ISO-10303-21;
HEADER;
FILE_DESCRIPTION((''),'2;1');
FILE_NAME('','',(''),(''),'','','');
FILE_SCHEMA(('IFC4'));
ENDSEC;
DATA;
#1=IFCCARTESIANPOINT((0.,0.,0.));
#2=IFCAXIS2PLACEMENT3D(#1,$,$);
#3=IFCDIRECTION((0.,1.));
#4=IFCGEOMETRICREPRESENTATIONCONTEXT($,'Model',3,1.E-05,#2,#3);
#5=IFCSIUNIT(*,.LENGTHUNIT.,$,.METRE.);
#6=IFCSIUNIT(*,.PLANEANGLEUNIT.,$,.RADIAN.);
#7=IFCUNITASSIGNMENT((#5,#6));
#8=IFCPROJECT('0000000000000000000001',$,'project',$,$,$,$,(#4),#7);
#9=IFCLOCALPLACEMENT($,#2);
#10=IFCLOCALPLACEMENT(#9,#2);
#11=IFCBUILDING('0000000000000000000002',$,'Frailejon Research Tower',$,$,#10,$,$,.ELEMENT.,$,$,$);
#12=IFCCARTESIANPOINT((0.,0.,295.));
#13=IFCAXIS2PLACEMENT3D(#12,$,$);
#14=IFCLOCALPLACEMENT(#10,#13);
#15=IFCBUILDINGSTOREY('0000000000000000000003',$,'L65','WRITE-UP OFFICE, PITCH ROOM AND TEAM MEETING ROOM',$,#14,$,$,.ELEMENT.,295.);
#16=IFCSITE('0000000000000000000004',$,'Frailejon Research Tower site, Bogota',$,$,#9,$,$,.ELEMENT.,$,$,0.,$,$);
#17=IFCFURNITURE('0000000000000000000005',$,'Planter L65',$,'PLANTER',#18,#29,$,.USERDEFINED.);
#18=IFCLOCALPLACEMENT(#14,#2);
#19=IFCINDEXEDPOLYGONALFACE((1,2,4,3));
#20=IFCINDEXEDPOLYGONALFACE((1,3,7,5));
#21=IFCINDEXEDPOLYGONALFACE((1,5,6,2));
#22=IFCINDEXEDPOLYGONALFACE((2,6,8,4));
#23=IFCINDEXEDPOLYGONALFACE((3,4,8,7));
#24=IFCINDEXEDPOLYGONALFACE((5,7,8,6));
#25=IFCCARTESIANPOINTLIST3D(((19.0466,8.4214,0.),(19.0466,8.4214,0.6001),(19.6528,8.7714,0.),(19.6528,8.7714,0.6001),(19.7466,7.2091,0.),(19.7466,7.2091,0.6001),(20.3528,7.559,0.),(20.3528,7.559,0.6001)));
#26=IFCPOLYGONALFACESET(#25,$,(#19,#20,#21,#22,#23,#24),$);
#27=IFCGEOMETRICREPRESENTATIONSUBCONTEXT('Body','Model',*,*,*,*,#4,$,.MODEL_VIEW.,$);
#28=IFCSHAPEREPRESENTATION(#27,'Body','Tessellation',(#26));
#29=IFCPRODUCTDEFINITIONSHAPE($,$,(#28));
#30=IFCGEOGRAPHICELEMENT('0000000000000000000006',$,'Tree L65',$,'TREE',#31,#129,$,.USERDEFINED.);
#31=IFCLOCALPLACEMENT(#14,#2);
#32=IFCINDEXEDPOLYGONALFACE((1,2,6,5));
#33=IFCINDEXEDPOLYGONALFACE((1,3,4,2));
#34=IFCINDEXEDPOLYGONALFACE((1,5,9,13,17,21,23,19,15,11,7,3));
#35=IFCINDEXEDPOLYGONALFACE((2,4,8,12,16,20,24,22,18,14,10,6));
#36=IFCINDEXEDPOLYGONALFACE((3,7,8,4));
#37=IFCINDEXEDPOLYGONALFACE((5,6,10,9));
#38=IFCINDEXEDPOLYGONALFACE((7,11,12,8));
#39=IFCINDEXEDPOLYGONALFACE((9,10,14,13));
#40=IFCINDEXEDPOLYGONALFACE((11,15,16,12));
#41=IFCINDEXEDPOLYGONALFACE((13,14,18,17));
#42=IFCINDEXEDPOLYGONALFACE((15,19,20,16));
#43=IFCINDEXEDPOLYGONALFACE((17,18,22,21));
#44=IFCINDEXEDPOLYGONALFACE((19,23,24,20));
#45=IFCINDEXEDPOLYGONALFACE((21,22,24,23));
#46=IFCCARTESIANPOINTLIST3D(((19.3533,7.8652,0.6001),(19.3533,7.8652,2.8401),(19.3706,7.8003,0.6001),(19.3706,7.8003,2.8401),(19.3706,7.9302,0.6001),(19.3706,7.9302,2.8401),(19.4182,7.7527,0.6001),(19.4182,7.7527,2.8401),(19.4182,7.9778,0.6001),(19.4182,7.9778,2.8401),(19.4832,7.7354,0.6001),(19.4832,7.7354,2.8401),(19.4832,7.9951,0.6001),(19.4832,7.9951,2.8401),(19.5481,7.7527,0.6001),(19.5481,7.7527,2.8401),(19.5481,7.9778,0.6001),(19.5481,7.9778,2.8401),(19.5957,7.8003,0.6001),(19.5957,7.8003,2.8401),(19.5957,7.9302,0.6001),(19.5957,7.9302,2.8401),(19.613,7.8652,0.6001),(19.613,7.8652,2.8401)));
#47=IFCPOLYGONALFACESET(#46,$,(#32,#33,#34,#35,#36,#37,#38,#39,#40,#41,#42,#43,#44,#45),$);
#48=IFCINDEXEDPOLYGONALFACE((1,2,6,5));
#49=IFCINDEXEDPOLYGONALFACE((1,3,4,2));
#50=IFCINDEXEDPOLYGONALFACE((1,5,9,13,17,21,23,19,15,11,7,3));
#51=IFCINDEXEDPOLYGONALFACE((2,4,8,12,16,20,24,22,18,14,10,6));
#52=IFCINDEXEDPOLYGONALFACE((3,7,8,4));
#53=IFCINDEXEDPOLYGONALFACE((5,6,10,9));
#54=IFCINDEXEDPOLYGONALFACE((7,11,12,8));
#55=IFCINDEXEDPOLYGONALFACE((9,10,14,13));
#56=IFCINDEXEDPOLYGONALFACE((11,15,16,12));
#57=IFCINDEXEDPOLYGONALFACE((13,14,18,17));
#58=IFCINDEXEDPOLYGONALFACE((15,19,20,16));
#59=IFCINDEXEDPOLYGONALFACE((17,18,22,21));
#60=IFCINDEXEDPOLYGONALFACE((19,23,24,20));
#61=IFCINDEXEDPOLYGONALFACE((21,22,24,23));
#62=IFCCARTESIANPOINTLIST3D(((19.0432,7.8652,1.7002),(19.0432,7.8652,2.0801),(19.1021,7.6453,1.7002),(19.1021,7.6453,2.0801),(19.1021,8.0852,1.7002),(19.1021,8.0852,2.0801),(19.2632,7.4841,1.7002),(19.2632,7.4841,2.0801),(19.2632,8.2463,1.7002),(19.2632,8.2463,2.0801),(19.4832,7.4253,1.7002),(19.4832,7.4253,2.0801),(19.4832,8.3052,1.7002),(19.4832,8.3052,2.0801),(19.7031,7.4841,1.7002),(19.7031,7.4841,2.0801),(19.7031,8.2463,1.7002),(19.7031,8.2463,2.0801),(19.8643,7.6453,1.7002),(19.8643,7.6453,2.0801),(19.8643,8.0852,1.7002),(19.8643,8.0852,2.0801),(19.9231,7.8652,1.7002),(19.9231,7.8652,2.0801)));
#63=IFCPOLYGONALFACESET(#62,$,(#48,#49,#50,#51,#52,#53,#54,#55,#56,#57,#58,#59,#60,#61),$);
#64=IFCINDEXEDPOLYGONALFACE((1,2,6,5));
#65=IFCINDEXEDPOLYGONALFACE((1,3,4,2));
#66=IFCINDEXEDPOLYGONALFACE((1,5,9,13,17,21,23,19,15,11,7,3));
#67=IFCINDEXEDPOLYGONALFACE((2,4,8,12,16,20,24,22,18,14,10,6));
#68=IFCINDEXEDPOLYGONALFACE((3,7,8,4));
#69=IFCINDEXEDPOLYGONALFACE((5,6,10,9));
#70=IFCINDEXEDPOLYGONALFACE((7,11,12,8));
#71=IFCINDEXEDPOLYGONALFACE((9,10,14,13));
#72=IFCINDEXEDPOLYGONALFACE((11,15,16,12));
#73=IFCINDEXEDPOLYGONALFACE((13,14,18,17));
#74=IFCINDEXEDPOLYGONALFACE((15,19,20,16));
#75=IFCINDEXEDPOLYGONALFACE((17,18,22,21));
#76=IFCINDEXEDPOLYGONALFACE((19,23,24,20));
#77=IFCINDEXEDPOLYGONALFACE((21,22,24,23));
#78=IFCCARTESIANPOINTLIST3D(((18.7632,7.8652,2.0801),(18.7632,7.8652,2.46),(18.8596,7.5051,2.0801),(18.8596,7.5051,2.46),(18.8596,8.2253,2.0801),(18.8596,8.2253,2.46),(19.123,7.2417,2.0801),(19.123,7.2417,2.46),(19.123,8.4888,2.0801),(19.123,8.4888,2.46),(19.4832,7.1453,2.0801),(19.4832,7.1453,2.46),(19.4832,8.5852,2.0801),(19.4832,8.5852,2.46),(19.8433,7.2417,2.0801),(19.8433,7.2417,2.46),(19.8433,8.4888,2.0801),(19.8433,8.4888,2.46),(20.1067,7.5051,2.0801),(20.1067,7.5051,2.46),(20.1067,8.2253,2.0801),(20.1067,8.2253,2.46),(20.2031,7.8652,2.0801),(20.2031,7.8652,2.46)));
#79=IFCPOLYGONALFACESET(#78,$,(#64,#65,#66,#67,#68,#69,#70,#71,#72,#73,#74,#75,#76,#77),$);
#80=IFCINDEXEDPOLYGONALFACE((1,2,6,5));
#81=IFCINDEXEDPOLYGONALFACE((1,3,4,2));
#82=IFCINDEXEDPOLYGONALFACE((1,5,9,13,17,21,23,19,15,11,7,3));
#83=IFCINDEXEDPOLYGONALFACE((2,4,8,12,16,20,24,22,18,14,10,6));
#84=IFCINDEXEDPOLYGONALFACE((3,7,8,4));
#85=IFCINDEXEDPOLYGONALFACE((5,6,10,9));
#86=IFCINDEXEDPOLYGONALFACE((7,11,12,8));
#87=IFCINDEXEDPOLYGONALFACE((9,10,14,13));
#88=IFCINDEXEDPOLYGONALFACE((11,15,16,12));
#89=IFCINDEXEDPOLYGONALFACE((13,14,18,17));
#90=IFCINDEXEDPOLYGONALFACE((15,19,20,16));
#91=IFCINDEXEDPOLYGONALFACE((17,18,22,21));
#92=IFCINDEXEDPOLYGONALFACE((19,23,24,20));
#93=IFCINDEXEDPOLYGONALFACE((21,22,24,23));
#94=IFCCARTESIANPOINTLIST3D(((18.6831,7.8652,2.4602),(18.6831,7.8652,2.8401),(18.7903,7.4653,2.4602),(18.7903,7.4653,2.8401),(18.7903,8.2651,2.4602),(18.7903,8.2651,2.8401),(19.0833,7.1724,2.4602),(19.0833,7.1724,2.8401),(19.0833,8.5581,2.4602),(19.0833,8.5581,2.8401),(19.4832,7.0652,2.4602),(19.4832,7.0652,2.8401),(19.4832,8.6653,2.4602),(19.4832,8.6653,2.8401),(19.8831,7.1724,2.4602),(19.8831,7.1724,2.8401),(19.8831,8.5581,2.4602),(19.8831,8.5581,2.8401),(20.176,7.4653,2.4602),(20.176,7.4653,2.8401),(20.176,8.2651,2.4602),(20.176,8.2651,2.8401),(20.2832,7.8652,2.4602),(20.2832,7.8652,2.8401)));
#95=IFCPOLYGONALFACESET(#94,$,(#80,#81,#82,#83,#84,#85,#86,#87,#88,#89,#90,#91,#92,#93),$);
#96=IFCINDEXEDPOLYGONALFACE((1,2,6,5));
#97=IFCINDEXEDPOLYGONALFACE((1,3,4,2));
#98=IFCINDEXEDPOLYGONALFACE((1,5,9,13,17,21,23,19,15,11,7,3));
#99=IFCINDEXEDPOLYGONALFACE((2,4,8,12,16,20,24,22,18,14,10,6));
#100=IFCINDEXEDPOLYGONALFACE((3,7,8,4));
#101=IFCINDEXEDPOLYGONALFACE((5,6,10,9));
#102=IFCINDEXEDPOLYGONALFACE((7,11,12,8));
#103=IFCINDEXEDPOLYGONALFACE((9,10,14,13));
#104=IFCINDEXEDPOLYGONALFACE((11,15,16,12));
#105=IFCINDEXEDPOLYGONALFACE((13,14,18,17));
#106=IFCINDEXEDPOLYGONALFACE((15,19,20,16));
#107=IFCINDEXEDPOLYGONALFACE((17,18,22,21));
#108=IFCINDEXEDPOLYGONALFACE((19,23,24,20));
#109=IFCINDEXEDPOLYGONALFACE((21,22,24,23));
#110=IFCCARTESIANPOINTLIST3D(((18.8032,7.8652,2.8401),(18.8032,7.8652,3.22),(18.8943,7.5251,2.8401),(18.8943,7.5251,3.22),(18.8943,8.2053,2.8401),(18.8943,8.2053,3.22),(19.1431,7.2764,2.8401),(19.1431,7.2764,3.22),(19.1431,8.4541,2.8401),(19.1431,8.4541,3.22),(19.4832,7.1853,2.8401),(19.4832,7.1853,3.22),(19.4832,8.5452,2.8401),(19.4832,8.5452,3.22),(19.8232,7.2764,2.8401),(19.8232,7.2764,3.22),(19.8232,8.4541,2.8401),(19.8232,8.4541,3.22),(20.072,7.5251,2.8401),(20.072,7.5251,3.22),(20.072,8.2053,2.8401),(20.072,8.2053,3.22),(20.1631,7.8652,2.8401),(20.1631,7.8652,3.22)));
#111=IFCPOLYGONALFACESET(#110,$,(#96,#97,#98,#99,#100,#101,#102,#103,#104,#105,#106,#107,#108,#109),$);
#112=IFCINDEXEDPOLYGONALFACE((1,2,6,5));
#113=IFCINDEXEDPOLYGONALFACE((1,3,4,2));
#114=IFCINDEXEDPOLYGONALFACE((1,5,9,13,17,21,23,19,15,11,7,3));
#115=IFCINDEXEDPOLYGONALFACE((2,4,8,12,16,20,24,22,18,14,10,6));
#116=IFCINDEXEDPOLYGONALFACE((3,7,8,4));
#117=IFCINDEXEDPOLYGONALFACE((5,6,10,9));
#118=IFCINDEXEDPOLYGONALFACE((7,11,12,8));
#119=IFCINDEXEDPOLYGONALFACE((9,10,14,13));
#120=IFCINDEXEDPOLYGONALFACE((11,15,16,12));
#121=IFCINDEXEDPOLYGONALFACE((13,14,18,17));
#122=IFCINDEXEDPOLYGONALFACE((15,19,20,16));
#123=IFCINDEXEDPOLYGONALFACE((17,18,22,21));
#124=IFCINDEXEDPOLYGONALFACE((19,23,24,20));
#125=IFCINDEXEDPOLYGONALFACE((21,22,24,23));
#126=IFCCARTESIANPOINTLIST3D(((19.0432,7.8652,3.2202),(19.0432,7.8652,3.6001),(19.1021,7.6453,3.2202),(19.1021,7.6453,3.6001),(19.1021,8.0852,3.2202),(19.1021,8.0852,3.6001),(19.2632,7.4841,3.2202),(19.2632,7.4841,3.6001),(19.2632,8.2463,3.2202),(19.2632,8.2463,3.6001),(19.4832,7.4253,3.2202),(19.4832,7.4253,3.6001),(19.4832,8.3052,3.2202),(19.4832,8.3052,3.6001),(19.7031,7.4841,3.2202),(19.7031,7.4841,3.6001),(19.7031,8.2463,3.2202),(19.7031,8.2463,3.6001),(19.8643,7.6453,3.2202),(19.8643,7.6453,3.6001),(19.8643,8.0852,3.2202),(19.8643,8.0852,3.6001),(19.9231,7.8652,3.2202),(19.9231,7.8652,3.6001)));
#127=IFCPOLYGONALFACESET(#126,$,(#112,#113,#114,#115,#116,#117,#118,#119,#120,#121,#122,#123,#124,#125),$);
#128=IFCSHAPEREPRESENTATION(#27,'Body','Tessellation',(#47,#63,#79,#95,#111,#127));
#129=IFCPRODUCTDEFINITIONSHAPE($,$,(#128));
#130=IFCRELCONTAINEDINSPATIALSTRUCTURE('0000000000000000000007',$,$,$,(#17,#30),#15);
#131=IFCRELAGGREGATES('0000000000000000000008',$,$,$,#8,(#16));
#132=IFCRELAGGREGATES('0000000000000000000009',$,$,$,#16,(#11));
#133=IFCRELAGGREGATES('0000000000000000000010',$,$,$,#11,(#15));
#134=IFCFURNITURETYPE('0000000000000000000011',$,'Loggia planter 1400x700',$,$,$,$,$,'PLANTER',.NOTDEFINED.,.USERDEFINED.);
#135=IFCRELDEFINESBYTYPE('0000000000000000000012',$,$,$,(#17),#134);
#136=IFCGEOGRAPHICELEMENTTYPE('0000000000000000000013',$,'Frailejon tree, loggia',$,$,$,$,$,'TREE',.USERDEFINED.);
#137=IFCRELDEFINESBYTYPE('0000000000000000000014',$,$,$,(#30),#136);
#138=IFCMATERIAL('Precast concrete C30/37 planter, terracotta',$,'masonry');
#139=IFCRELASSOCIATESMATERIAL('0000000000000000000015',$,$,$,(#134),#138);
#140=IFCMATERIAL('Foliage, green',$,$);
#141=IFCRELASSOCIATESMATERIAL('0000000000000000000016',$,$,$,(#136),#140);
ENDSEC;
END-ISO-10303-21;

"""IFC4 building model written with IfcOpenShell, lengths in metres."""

from ifc_helpers import new_model, si_unit, direction, frame, origin, origin_2d, place, context, subcontext, project, spatial, polyline, rectangle, outline, extrude, material, type_object, element, save


model = new_model("IFC4")

# Units and contexts
model_context = context("Model", 3, precision=1e-05, world=origin(), true_north=direction((0.0, 1.0)))
body_context = subcontext(model_context, "Body", "Model", "MODEL_VIEW")
ifc_project = project(units=[si_unit("LENGTHUNIT", "METRE"), si_unit("PLANEANGLEUNIT", "RADIAN")], contexts=[model_context])

# Site, building, storey
site_placement = place(None, origin())
site = spatial("IfcSite", under=ifc_project, at=site_placement, Name="Frailejon Research Tower site, Bogota", CompositionType="ELEMENT", RefElevation=0.0)
building_placement = place(site_placement, origin())
building = spatial("IfcBuilding", under=site, at=building_placement, Name="Frailejon Research Tower", CompositionType="ELEMENT")
storey_placement = place(building_placement, frame((0.0, 0.0, 295.0)))
storey = spatial("IfcBuildingStorey", under=building, at=storey_placement, Name="L65", Description="WRITE-UP OFFICE, PITCH ROOM AND TEAM MEETING ROOM", CompositionType="ELEMENT", Elevation=295.0)

# Furniture
ifc_material_1 = material(Name="Precast concrete C30/37 planter, terracotta", Category="masonry")
furniture_type = type_object("IfcFurnitureType", Name="Loggia planter 1400x700", ElementType="PLANTER", AssemblyPlace="NOTDEFINED", PredefinedType="USERDEFINED", material=ifc_material_1)
furniture_placement = place(storey_placement, frame((19.6997, 7.9902, 0.0), z_axis=(0.0, 0.0, 1.0), x_axis=(-0.5, 0.866025, 0.0)))
element("IfcFurniture", 1, at=furniture_placement, inside=storey, type_object=furniture_type, Name="Planter L65", ObjectType="PLANTER", PredefinedType="USERDEFINED", context=body_context, shape_type="SweptSolid", body=[
    extrude(rectangle(XDim=1.3999, YDim=0.7, at=origin_2d()), origin(), (0.0, 0.0, 1.0), 0.6001),
])

# Geographic element
ifc_material_2 = material(Name="Foliage, green")
geographic_element_type = type_object("IfcGeographicElementType", Name="Frailejon tree, loggia", ElementType="TREE", PredefinedType="USERDEFINED", material=ifc_material_2)
geographic_element_placement = place(storey_placement, frame((19.4832, 7.8652, 0.6001)))
element("IfcGeographicElement", 2, at=geographic_element_placement, inside=storey, type_object=geographic_element_type, Name="Tree L65", ObjectType="TREE", PredefinedType="USERDEFINED", context=body_context, shape_type="SweptSolid", body=[
    extrude(outline(polyline([(0.1299, 0.0), (0.1125, 0.0649), (0.0649, 0.1125), (0.0, 0.1299), (-0.0649, 0.1125), (-0.1125, 0.0649), (-0.1299, 0.0), (-0.1125, -0.0649), (-0.0649, -0.1125), (0.0, -0.1299), (0.0649, -0.1125), (0.1125, -0.0649), (0.1299, 0.0)])), origin(), (0.0, 0.0, 1.0), 2.24),
    extrude(outline(polyline([(0.4399, 0.0), (0.3811, 0.22), (0.22, 0.3811), (0.0, 0.4399), (-0.22, 0.3811), (-0.3811, 0.22), (-0.4399, 0.0), (-0.3811, -0.22), (-0.22, -0.3811), (0.0, -0.4399), (0.22, -0.3811), (0.3811, -0.22), (0.4399, 0.0)])), frame((0.0, 0.0, 1.1001)), (0.0, 0.0, 1.0), 0.3799),
    extrude(outline(polyline([(0.72, 0.0), (0.6235, 0.3601), (0.3601, 0.6235), (0.0, 0.72), (-0.3601, 0.6235), (-0.6235, 0.3601), (-0.72, 0.0), (-0.6235, -0.3601), (-0.3601, -0.6235), (0.0, -0.72), (0.3601, -0.6235), (0.6235, -0.3601), (0.72, 0.0)])), frame((0.0, 0.0, 1.48)), (0.0, 0.0, 1.0), 0.3799),
    extrude(outline(polyline([(0.8, 0.0), (0.6929, 0.3999), (0.3999, 0.6929), (0.0, 0.8), (-0.3999, 0.6929), (-0.6929, 0.3999), (-0.8, 0.0), (-0.6929, -0.3999), (-0.3999, -0.6929), (0.0, -0.8), (0.3999, -0.6929), (0.6929, -0.3999), (0.8, 0.0)])), frame((0.0, 0.0, 1.8601)), (0.0, 0.0, 1.0), 0.3799),
    extrude(outline(polyline([(0.6799, 0.0), (0.5889, 0.3401), (0.3401, 0.5889), (0.0, 0.6799), (-0.3401, 0.5889), (-0.5889, 0.3401), (-0.6799, 0.0), (-0.5889, -0.3401), (-0.3401, -0.5889), (0.0, -0.6799), (0.3401, -0.5889), (0.5889, -0.3401), (0.6799, 0.0)])), frame((0.0, 0.0, 2.24)), (0.0, 0.0, 1.0), 0.3799),
    extrude(outline(polyline([(0.4399, 0.0), (0.3811, 0.22), (0.22, 0.3811), (0.0, 0.4399), (-0.22, 0.3811), (-0.3811, 0.22), (-0.4399, 0.0), (-0.3811, -0.22), (-0.22, -0.3811), (0.0, -0.4399), (0.22, -0.3811), (0.3811, -0.22), (0.4399, 0.0)])), frame((0.0, 0.0, 2.6201)), (0.0, 0.0, 1.0), 0.3799),
])

save(model, "model.ifc")
